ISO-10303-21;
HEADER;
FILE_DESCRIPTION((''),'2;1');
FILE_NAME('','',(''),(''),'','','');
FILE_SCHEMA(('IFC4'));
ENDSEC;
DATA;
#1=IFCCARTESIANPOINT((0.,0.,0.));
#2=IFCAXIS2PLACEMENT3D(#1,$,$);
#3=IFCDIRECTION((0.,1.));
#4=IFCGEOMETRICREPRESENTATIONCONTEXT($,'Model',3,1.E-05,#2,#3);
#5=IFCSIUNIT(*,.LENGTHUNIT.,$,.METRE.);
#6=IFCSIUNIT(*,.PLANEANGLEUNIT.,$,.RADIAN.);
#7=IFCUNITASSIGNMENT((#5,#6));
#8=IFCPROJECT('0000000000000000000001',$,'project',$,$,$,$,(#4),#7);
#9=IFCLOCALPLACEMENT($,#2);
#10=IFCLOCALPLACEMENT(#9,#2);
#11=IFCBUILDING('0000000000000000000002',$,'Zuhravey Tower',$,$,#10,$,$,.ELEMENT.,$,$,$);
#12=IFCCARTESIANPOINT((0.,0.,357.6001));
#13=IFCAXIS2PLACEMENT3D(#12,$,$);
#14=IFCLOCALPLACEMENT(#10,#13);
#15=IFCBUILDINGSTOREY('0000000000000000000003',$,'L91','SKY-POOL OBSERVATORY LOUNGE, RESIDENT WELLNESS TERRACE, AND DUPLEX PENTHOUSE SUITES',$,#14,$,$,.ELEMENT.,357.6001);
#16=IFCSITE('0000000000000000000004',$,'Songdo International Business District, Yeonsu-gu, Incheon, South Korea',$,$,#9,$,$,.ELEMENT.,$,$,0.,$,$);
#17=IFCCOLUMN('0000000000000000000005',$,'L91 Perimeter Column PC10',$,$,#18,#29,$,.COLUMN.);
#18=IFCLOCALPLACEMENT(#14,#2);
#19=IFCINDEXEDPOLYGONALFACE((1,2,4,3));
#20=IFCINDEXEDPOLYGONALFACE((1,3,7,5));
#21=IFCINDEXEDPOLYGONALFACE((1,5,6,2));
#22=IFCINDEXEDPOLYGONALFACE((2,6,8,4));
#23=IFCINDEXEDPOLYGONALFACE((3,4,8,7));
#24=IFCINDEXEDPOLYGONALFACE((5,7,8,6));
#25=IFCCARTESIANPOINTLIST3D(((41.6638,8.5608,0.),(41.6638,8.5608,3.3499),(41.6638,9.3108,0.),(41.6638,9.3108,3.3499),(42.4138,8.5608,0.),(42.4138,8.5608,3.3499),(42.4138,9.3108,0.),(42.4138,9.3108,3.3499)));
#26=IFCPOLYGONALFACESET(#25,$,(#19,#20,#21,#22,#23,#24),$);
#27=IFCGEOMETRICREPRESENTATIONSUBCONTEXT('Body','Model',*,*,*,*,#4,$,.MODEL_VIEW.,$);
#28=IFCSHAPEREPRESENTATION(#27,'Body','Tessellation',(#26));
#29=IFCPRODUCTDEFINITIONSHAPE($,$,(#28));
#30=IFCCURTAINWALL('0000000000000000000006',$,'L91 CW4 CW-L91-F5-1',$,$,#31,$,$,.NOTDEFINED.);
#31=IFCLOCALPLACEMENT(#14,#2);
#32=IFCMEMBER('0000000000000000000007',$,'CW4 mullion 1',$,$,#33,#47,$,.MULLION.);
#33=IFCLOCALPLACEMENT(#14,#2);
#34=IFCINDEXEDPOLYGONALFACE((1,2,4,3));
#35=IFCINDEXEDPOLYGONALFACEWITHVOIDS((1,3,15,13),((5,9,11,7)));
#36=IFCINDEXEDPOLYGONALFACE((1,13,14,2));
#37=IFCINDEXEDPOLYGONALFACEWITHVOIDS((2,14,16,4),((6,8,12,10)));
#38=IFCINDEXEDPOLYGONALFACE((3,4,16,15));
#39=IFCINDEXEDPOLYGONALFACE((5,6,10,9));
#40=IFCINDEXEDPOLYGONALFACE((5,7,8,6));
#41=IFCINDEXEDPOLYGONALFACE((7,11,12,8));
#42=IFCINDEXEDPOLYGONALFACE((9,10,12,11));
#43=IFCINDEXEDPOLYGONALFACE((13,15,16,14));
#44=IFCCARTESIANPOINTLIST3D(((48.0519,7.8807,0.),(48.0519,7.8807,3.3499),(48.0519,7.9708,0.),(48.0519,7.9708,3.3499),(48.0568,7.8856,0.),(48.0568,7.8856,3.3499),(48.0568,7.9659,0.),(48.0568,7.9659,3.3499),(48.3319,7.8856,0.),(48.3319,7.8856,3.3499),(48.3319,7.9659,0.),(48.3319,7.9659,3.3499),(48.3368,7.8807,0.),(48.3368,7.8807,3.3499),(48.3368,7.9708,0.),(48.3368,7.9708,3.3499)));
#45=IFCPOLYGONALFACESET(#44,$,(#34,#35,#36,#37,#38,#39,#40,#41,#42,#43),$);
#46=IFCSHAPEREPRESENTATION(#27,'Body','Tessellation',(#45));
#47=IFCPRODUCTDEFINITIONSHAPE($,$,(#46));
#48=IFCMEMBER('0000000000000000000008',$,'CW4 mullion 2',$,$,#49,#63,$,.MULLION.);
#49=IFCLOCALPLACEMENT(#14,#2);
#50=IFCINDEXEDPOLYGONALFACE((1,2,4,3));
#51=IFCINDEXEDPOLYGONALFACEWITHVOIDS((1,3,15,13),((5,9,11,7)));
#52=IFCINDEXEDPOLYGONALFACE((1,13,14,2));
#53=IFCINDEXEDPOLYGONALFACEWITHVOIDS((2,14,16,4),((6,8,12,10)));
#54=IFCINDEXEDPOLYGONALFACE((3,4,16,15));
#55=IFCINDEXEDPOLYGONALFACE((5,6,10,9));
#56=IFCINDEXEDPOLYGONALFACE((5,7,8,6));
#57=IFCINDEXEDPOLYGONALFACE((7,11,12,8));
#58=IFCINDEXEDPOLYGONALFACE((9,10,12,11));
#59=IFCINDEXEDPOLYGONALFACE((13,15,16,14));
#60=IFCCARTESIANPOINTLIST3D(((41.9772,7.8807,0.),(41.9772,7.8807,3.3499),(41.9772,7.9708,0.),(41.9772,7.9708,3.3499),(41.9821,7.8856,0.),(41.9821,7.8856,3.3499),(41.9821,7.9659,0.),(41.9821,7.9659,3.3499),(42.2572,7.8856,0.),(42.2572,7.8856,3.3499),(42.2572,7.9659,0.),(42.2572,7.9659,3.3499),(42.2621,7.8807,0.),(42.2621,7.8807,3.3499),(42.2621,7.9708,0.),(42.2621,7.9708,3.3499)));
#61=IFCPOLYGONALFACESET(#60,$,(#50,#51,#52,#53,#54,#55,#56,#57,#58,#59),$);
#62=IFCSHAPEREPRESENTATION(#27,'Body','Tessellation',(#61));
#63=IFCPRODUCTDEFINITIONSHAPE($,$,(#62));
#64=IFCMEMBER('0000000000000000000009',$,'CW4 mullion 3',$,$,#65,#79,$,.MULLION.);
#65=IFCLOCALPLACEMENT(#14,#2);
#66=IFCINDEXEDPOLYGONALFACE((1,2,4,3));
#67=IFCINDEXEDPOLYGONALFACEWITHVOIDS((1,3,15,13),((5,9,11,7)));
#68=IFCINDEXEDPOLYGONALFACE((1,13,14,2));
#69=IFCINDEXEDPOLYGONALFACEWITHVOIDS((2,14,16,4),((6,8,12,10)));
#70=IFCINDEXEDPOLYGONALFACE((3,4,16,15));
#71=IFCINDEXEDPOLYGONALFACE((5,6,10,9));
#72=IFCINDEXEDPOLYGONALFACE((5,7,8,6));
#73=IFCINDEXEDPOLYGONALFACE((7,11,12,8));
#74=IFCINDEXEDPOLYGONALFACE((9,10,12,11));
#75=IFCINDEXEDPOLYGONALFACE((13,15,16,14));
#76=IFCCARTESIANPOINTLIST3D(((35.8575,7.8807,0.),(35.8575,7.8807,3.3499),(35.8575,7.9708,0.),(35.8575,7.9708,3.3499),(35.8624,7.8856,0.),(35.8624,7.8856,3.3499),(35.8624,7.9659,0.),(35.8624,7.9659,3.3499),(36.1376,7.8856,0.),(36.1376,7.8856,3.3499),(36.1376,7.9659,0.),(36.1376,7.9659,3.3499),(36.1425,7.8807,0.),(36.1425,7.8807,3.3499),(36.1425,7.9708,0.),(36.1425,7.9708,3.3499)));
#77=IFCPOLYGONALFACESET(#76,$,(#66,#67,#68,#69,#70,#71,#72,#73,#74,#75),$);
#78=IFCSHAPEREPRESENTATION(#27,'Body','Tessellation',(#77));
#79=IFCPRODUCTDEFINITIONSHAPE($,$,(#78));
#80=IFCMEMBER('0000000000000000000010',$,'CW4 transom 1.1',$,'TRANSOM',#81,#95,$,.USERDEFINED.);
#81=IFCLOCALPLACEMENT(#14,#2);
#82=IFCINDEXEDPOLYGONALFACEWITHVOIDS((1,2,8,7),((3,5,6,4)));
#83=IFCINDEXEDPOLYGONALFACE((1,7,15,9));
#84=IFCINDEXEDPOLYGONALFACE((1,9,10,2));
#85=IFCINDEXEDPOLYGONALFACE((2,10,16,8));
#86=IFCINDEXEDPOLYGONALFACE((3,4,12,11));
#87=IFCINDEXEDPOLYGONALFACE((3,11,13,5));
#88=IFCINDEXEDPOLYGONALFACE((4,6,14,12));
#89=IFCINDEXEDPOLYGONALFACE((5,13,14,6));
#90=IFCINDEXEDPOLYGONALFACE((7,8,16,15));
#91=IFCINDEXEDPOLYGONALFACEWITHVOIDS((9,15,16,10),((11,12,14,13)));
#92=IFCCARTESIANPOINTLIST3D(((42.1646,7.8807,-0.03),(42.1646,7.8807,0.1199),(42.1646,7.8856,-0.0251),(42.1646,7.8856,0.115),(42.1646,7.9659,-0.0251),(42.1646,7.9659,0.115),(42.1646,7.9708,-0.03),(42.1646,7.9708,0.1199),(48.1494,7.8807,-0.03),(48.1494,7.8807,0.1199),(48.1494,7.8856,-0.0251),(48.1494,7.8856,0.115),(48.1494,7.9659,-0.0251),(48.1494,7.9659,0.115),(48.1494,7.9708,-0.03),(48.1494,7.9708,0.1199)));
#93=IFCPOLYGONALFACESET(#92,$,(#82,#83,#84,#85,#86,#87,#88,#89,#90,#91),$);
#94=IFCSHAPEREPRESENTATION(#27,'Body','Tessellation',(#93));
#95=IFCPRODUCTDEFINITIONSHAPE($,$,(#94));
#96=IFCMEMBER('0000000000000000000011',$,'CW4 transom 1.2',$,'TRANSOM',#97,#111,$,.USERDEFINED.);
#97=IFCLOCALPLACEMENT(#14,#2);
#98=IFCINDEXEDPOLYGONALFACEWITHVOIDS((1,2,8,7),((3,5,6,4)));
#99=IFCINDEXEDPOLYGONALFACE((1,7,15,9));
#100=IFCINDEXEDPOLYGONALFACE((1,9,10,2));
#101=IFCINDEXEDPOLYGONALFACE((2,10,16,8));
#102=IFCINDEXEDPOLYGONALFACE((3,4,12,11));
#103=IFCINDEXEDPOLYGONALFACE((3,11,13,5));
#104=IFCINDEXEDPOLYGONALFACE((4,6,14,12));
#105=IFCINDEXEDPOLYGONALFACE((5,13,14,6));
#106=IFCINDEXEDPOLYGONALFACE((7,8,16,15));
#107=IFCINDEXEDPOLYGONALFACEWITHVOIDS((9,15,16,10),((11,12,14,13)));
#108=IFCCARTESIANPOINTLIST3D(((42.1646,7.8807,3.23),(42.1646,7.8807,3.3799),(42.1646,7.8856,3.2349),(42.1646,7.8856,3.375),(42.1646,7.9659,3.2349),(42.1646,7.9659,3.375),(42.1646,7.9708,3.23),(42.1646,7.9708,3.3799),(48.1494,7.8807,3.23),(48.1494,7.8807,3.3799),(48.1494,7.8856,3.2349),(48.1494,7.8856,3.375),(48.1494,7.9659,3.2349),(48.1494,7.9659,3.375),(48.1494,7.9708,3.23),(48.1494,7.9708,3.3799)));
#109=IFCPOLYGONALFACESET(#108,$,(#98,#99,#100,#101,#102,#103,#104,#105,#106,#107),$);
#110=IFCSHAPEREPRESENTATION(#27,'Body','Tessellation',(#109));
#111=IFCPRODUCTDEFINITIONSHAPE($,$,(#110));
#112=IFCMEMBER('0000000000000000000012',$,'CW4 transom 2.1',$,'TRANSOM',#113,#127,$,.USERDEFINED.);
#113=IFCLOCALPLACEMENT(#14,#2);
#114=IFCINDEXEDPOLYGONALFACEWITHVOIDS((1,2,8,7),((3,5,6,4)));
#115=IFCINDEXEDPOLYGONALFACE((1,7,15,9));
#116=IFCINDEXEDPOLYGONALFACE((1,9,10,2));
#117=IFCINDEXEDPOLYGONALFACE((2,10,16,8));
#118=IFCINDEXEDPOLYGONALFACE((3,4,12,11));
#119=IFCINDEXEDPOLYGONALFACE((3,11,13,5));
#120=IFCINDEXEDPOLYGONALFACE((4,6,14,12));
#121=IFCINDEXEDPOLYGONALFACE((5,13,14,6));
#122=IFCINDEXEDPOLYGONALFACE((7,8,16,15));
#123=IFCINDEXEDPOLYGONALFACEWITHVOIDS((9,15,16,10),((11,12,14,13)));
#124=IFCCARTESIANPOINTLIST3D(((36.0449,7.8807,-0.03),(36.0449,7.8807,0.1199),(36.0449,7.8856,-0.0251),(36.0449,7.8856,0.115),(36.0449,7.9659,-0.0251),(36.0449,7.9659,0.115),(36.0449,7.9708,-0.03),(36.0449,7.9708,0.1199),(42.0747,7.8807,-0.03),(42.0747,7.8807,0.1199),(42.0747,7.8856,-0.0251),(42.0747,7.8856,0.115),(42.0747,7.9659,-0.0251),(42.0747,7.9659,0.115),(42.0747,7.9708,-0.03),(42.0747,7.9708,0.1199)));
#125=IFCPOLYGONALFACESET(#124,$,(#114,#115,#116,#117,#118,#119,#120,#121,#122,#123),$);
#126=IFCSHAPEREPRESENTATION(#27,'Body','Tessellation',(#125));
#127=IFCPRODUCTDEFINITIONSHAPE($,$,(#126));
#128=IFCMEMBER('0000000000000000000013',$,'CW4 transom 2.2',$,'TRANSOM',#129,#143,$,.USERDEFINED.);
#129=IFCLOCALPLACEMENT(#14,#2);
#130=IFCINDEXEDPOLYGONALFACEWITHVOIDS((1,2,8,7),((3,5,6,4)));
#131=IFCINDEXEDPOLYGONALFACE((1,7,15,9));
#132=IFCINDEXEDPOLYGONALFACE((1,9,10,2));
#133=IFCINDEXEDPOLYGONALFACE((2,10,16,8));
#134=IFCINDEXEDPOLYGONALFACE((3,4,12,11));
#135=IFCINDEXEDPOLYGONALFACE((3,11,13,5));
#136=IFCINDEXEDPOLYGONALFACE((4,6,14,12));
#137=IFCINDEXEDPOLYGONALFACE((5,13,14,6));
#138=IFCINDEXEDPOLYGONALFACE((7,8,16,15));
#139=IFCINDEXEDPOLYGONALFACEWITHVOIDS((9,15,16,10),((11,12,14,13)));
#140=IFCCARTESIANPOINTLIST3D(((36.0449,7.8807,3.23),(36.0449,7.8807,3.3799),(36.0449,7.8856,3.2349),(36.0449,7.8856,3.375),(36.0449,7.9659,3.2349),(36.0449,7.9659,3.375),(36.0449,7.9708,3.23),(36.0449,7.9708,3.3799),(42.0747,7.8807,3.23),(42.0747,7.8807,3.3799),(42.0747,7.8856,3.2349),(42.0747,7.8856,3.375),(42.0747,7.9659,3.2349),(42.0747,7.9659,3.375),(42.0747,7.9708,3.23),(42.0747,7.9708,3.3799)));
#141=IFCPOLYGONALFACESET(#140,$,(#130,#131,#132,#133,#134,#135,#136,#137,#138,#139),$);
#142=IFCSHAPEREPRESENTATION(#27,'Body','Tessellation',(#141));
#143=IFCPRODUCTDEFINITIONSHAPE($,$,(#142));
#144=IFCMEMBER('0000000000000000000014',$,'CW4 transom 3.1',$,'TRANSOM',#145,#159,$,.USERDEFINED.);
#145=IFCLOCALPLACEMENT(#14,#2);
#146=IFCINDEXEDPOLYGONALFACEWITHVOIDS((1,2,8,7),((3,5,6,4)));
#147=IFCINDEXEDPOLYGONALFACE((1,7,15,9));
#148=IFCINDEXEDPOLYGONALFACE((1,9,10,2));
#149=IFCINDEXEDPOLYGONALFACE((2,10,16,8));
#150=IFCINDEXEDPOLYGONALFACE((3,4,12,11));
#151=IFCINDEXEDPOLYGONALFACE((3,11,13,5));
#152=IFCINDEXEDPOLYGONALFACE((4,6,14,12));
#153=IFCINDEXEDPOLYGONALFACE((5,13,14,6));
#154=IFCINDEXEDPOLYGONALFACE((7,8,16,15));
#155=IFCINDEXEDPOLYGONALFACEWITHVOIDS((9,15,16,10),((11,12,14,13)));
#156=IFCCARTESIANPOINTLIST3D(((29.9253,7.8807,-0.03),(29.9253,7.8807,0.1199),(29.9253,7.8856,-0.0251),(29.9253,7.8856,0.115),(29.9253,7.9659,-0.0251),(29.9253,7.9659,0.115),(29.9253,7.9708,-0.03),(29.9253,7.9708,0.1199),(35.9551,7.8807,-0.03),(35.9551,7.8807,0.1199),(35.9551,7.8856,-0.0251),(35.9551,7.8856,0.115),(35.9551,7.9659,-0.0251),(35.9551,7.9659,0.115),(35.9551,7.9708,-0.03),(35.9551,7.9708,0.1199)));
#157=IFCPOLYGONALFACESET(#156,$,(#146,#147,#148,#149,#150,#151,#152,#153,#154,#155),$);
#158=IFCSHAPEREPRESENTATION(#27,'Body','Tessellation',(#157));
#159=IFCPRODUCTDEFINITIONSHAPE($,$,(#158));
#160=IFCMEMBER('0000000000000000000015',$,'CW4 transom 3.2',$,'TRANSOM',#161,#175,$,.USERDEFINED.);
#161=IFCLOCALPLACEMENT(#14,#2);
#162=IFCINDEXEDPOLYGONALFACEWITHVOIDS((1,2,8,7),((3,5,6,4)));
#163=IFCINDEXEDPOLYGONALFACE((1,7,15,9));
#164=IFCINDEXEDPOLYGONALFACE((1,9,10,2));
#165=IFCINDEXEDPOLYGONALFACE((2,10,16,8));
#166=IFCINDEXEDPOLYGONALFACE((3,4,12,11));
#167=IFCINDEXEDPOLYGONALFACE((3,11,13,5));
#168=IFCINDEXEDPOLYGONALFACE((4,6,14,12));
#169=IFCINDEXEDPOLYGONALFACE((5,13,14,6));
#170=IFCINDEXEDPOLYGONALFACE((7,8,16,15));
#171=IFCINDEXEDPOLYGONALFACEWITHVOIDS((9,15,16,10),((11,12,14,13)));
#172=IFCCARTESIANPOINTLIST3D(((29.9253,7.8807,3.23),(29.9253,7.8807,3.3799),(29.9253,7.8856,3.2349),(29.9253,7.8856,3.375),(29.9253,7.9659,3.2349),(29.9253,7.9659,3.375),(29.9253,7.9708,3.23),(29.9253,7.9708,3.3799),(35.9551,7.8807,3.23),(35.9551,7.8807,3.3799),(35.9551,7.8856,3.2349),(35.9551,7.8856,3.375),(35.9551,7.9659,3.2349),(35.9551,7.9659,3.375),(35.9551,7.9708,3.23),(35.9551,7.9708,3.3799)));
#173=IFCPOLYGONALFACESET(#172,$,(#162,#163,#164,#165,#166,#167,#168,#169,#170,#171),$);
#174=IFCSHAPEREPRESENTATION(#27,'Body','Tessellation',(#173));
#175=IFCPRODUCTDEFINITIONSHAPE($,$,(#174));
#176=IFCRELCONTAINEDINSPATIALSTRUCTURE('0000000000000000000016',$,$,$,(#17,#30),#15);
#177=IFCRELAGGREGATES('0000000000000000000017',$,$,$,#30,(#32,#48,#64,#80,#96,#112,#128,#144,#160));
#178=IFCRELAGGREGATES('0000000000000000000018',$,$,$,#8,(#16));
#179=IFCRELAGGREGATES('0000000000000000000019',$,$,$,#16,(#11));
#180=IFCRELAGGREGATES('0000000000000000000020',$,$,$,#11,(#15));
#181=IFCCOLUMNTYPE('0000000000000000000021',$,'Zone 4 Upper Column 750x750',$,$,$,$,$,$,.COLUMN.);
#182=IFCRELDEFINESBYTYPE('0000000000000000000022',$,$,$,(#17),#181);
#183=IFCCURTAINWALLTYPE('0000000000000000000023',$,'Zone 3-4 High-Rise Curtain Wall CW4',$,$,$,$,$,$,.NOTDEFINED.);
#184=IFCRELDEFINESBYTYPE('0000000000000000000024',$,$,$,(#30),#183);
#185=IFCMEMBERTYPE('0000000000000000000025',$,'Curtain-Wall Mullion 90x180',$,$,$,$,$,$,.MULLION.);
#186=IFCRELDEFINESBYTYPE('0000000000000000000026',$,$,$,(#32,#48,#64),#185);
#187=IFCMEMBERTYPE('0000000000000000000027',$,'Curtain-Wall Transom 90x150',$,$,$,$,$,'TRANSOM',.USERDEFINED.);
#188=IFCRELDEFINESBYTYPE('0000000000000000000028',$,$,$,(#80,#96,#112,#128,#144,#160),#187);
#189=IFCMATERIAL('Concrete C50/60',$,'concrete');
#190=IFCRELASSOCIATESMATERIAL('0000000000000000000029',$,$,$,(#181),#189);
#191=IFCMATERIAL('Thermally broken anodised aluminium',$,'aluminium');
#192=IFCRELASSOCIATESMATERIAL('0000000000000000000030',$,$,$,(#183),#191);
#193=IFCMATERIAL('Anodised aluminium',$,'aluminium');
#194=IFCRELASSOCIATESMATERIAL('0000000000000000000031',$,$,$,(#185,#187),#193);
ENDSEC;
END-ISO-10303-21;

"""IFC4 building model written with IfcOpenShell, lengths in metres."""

from ifc_helpers import new_model, si_unit, direction, frame, origin, origin_2d, place, context, subcontext, project, spatial, rectangle, hollow_rectangle, extrude, material, material_profile, profile_set, type_object, element, aggregate, save


model = new_model("IFC4")

# Units and contexts
model_context = context("Model", 3, precision=1e-05, world=origin(), true_north=direction((0.0, 1.0)))
body_context = subcontext(model_context, "Body", "Model", "MODEL_VIEW")
ifc_project = project(units=[si_unit("LENGTHUNIT", "METRE"), si_unit("PLANEANGLEUNIT", "RADIAN")], contexts=[model_context])

# Site, building, storey
site_placement = place(None, origin())
site = spatial("IfcSite", under=ifc_project, at=site_placement, Name="Songdo International Business District, Yeonsu-gu, Incheon, South Korea", CompositionType="ELEMENT", RefElevation=0.0)
building_placement = place(site_placement, origin())
building = spatial("IfcBuilding", under=site, at=building_placement, Name="Zuhravey Tower", CompositionType="ELEMENT")
storey_placement = place(building_placement, frame((0.0, 0.0, 357.6001)))
storey = spatial("IfcBuildingStorey", under=building, at=storey_placement, Name="L91", Description="SKY-POOL OBSERVATORY LOUNGE, RESIDENT WELLNESS TERRACE, AND DUPLEX PENTHOUSE SUITES", CompositionType="ELEMENT", Elevation=357.6001)

# Column
ifc_material_1 = material(Name="Concrete C50/60", Category="concrete")
ifc_material_profile_1 = material_profile(ifc_material_1, rectangle(XDim=0.75, YDim=0.75, at=origin_2d()), Name="RC-750x750")
ifc_profile_set_1 = profile_set([ifc_material_profile_1], Name="Concrete C50/60")
column_type = type_object("IfcColumnType", Name="Zone 4 Upper Column 750x750", PredefinedType="COLUMN", material=ifc_profile_set_1)
column_placement = place(storey_placement, frame((42.0388, 8.9358, 0.0), z_axis=(0.0, 0.0, 1.0), x_axis=(1.0, 0.0, 0.0)))
element("IfcColumn", 1, at=column_placement, inside=storey, type_object=column_type, Name="L91 Perimeter Column PC10", PredefinedType="COLUMN", context=body_context, shape_type="SweptSolid", body=[
    extrude(rectangle(XDim=0.75, YDim=0.75, at=origin_2d()), origin(), (0.0, 0.0, 1.0), 3.3499),
])

# Curtain wall, members
ifc_material_2 = material(Name="Thermally broken anodised aluminium", Category="aluminium")
curtain_wall_type = type_object("IfcCurtainWallType", Name="Zone 3-4 High-Rise Curtain Wall CW4", PredefinedType="NOTDEFINED", material=ifc_material_2)
curtain_wall_placement = place(storey_placement, origin())
curtain_wall = element("IfcCurtainWall", 2, at=curtain_wall_placement, inside=storey, type_object=curtain_wall_type, Name="L91 CW4 CW-L91-F5-1", PredefinedType="NOTDEFINED")
ifc_material_3 = material(Name="Anodised aluminium", Category="aluminium")
ifc_material_profile_2 = material_profile(ifc_material_3, hollow_rectangle(XDim=0.0901, YDim=0.2849, WallThickness=0.0049, at=origin_2d()), Name="ALU-RHS-90x285x5")
ifc_profile_set_2 = profile_set([ifc_material_profile_2], Name="Anodised aluminium")
member_type_1 = type_object("IfcMemberType", Name="Curtain-Wall Mullion 90x180", PredefinedType="MULLION", material=ifc_profile_set_2)
member_1_placement = place(storey_placement, frame((48.1943, 7.9258, 0.0), z_axis=(0.0, 0.0, 1.0), x_axis=(0.0, -1.0, 0.0)))
member_1 = element("IfcMember", 3, at=member_1_placement, type_object=member_type_1, Name="CW4 mullion 1", PredefinedType="MULLION", context=body_context, shape_type="SweptSolid", body=[
    extrude(hollow_rectangle(XDim=0.0901, YDim=0.2849, WallThickness=0.0049, at=origin_2d()), origin(), (0.0, 0.0, 1.0), 3.3499),
])
member_2_placement = place(storey_placement, frame((42.1196, 7.9258, 0.0), z_axis=(0.0, 0.0, 1.0), x_axis=(0.0, -1.0, 0.0)))
member_2 = element("IfcMember", 4, at=member_2_placement, type_object=member_type_1, Name="CW4 mullion 2", PredefinedType="MULLION", context=body_context, shape_type="SweptSolid", body=[
    extrude(hollow_rectangle(XDim=0.0901, YDim=0.2849, WallThickness=0.0049, at=origin_2d()), origin(), (0.0, 0.0, 1.0), 3.3499),
])
member_3_placement = place(storey_placement, frame((36.0, 7.9258, 0.0), z_axis=(0.0, 0.0, 1.0), x_axis=(0.0, -1.0, 0.0)))
member_3 = element("IfcMember", 5, at=member_3_placement, type_object=member_type_1, Name="CW4 mullion 3", PredefinedType="MULLION", context=body_context, shape_type="SweptSolid", body=[
    extrude(hollow_rectangle(XDim=0.0901, YDim=0.2849, WallThickness=0.0049, at=origin_2d()), origin(), (0.0, 0.0, 1.0), 3.3499),
])
ifc_material_profile_3 = material_profile(ifc_material_3, hollow_rectangle(XDim=0.0901, YDim=0.1499, WallThickness=0.0049, at=origin_2d()), Name="ALU-RHS-90x150x5")
ifc_profile_set_3 = profile_set([ifc_material_profile_3], Name="Anodised aluminium")
member_type_2 = type_object("IfcMemberType", Name="Curtain-Wall Transom 90x150", ElementType="TRANSOM", PredefinedType="USERDEFINED", material=ifc_profile_set_3)
member_4_placement = place(storey_placement, frame((48.1494, 7.9258, 0.0449), z_axis=(-1.0, 0.0, 0.0), x_axis=(0.0, -1.0, 0.0)))
member_4 = element("IfcMember", 6, at=member_4_placement, type_object=member_type_2, Name="CW4 transom 1.1", ObjectType="TRANSOM", PredefinedType="USERDEFINED", context=body_context, shape_type="SweptSolid", body=[
    extrude(hollow_rectangle(XDim=0.0901, YDim=0.1499, WallThickness=0.0049, at=origin_2d()), origin(), (0.0, 0.0, 1.0), 5.9849),
])
member_5_placement = place(storey_placement, frame((48.1494, 7.9258, 3.3049), z_axis=(-1.0, 0.0, 0.0), x_axis=(0.0, -1.0, 0.0)))
member_5 = element("IfcMember", 7, at=member_5_placement, type_object=member_type_2, Name="CW4 transom 1.2", ObjectType="TRANSOM", PredefinedType="USERDEFINED", context=body_context, shape_type="SweptSolid", body=[
    extrude(hollow_rectangle(XDim=0.0901, YDim=0.1499, WallThickness=0.0049, at=origin_2d()), origin(), (0.0, 0.0, 1.0), 5.9849),
])
member_6_placement = place(storey_placement, frame((42.0747, 7.9258, 0.0449), z_axis=(-1.0, 0.0, 0.0), x_axis=(0.0, -1.0, 0.0)))
member_6 = element("IfcMember", 8, at=member_6_placement, type_object=member_type_2, Name="CW4 transom 2.1", ObjectType="TRANSOM", PredefinedType="USERDEFINED", context=body_context, shape_type="SweptSolid", body=[
    extrude(hollow_rectangle(XDim=0.0901, YDim=0.1499, WallThickness=0.0049, at=origin_2d()), origin(), (0.0, 0.0, 1.0), 6.0298),
])
member_7_placement = place(storey_placement, frame((42.0747, 7.9258, 3.3049), z_axis=(-1.0, 0.0, 0.0), x_axis=(0.0, -1.0, 0.0)))
member_7 = element("IfcMember", 9, at=member_7_placement, type_object=member_type_2, Name="CW4 transom 2.2", ObjectType="TRANSOM", PredefinedType="USERDEFINED", context=body_context, shape_type="SweptSolid", body=[
    extrude(hollow_rectangle(XDim=0.0901, YDim=0.1499, WallThickness=0.0049, at=origin_2d()), origin(), (0.0, 0.0, 1.0), 6.0298),
])
member_8_placement = place(storey_placement, frame((35.9551, 7.9258, 0.0449), z_axis=(-1.0, 0.0, 0.0), x_axis=(0.0, -1.0, 0.0)))
member_8 = element("IfcMember", 10, at=member_8_placement, type_object=member_type_2, Name="CW4 transom 3.1", ObjectType="TRANSOM", PredefinedType="USERDEFINED", context=body_context, shape_type="SweptSolid", body=[
    extrude(hollow_rectangle(XDim=0.0901, YDim=0.1499, WallThickness=0.0049, at=origin_2d()), origin(), (0.0, 0.0, 1.0), 6.0298),
])
member_9_placement = place(storey_placement, frame((35.9551, 7.9258, 3.3049), z_axis=(-1.0, 0.0, 0.0), x_axis=(0.0, -1.0, 0.0)))
member_9 = element("IfcMember", 11, at=member_9_placement, type_object=member_type_2, Name="CW4 transom 3.2", ObjectType="TRANSOM", PredefinedType="USERDEFINED", context=body_context, shape_type="SweptSolid", body=[
    extrude(hollow_rectangle(XDim=0.0901, YDim=0.1499, WallThickness=0.0049, at=origin_2d()), origin(), (0.0, 0.0, 1.0), 6.0298),
])

aggregate(curtain_wall, [member_1, member_2, member_3, member_4, member_5, member_6, member_7, member_8, member_9])

save(model, "model.ifc")
